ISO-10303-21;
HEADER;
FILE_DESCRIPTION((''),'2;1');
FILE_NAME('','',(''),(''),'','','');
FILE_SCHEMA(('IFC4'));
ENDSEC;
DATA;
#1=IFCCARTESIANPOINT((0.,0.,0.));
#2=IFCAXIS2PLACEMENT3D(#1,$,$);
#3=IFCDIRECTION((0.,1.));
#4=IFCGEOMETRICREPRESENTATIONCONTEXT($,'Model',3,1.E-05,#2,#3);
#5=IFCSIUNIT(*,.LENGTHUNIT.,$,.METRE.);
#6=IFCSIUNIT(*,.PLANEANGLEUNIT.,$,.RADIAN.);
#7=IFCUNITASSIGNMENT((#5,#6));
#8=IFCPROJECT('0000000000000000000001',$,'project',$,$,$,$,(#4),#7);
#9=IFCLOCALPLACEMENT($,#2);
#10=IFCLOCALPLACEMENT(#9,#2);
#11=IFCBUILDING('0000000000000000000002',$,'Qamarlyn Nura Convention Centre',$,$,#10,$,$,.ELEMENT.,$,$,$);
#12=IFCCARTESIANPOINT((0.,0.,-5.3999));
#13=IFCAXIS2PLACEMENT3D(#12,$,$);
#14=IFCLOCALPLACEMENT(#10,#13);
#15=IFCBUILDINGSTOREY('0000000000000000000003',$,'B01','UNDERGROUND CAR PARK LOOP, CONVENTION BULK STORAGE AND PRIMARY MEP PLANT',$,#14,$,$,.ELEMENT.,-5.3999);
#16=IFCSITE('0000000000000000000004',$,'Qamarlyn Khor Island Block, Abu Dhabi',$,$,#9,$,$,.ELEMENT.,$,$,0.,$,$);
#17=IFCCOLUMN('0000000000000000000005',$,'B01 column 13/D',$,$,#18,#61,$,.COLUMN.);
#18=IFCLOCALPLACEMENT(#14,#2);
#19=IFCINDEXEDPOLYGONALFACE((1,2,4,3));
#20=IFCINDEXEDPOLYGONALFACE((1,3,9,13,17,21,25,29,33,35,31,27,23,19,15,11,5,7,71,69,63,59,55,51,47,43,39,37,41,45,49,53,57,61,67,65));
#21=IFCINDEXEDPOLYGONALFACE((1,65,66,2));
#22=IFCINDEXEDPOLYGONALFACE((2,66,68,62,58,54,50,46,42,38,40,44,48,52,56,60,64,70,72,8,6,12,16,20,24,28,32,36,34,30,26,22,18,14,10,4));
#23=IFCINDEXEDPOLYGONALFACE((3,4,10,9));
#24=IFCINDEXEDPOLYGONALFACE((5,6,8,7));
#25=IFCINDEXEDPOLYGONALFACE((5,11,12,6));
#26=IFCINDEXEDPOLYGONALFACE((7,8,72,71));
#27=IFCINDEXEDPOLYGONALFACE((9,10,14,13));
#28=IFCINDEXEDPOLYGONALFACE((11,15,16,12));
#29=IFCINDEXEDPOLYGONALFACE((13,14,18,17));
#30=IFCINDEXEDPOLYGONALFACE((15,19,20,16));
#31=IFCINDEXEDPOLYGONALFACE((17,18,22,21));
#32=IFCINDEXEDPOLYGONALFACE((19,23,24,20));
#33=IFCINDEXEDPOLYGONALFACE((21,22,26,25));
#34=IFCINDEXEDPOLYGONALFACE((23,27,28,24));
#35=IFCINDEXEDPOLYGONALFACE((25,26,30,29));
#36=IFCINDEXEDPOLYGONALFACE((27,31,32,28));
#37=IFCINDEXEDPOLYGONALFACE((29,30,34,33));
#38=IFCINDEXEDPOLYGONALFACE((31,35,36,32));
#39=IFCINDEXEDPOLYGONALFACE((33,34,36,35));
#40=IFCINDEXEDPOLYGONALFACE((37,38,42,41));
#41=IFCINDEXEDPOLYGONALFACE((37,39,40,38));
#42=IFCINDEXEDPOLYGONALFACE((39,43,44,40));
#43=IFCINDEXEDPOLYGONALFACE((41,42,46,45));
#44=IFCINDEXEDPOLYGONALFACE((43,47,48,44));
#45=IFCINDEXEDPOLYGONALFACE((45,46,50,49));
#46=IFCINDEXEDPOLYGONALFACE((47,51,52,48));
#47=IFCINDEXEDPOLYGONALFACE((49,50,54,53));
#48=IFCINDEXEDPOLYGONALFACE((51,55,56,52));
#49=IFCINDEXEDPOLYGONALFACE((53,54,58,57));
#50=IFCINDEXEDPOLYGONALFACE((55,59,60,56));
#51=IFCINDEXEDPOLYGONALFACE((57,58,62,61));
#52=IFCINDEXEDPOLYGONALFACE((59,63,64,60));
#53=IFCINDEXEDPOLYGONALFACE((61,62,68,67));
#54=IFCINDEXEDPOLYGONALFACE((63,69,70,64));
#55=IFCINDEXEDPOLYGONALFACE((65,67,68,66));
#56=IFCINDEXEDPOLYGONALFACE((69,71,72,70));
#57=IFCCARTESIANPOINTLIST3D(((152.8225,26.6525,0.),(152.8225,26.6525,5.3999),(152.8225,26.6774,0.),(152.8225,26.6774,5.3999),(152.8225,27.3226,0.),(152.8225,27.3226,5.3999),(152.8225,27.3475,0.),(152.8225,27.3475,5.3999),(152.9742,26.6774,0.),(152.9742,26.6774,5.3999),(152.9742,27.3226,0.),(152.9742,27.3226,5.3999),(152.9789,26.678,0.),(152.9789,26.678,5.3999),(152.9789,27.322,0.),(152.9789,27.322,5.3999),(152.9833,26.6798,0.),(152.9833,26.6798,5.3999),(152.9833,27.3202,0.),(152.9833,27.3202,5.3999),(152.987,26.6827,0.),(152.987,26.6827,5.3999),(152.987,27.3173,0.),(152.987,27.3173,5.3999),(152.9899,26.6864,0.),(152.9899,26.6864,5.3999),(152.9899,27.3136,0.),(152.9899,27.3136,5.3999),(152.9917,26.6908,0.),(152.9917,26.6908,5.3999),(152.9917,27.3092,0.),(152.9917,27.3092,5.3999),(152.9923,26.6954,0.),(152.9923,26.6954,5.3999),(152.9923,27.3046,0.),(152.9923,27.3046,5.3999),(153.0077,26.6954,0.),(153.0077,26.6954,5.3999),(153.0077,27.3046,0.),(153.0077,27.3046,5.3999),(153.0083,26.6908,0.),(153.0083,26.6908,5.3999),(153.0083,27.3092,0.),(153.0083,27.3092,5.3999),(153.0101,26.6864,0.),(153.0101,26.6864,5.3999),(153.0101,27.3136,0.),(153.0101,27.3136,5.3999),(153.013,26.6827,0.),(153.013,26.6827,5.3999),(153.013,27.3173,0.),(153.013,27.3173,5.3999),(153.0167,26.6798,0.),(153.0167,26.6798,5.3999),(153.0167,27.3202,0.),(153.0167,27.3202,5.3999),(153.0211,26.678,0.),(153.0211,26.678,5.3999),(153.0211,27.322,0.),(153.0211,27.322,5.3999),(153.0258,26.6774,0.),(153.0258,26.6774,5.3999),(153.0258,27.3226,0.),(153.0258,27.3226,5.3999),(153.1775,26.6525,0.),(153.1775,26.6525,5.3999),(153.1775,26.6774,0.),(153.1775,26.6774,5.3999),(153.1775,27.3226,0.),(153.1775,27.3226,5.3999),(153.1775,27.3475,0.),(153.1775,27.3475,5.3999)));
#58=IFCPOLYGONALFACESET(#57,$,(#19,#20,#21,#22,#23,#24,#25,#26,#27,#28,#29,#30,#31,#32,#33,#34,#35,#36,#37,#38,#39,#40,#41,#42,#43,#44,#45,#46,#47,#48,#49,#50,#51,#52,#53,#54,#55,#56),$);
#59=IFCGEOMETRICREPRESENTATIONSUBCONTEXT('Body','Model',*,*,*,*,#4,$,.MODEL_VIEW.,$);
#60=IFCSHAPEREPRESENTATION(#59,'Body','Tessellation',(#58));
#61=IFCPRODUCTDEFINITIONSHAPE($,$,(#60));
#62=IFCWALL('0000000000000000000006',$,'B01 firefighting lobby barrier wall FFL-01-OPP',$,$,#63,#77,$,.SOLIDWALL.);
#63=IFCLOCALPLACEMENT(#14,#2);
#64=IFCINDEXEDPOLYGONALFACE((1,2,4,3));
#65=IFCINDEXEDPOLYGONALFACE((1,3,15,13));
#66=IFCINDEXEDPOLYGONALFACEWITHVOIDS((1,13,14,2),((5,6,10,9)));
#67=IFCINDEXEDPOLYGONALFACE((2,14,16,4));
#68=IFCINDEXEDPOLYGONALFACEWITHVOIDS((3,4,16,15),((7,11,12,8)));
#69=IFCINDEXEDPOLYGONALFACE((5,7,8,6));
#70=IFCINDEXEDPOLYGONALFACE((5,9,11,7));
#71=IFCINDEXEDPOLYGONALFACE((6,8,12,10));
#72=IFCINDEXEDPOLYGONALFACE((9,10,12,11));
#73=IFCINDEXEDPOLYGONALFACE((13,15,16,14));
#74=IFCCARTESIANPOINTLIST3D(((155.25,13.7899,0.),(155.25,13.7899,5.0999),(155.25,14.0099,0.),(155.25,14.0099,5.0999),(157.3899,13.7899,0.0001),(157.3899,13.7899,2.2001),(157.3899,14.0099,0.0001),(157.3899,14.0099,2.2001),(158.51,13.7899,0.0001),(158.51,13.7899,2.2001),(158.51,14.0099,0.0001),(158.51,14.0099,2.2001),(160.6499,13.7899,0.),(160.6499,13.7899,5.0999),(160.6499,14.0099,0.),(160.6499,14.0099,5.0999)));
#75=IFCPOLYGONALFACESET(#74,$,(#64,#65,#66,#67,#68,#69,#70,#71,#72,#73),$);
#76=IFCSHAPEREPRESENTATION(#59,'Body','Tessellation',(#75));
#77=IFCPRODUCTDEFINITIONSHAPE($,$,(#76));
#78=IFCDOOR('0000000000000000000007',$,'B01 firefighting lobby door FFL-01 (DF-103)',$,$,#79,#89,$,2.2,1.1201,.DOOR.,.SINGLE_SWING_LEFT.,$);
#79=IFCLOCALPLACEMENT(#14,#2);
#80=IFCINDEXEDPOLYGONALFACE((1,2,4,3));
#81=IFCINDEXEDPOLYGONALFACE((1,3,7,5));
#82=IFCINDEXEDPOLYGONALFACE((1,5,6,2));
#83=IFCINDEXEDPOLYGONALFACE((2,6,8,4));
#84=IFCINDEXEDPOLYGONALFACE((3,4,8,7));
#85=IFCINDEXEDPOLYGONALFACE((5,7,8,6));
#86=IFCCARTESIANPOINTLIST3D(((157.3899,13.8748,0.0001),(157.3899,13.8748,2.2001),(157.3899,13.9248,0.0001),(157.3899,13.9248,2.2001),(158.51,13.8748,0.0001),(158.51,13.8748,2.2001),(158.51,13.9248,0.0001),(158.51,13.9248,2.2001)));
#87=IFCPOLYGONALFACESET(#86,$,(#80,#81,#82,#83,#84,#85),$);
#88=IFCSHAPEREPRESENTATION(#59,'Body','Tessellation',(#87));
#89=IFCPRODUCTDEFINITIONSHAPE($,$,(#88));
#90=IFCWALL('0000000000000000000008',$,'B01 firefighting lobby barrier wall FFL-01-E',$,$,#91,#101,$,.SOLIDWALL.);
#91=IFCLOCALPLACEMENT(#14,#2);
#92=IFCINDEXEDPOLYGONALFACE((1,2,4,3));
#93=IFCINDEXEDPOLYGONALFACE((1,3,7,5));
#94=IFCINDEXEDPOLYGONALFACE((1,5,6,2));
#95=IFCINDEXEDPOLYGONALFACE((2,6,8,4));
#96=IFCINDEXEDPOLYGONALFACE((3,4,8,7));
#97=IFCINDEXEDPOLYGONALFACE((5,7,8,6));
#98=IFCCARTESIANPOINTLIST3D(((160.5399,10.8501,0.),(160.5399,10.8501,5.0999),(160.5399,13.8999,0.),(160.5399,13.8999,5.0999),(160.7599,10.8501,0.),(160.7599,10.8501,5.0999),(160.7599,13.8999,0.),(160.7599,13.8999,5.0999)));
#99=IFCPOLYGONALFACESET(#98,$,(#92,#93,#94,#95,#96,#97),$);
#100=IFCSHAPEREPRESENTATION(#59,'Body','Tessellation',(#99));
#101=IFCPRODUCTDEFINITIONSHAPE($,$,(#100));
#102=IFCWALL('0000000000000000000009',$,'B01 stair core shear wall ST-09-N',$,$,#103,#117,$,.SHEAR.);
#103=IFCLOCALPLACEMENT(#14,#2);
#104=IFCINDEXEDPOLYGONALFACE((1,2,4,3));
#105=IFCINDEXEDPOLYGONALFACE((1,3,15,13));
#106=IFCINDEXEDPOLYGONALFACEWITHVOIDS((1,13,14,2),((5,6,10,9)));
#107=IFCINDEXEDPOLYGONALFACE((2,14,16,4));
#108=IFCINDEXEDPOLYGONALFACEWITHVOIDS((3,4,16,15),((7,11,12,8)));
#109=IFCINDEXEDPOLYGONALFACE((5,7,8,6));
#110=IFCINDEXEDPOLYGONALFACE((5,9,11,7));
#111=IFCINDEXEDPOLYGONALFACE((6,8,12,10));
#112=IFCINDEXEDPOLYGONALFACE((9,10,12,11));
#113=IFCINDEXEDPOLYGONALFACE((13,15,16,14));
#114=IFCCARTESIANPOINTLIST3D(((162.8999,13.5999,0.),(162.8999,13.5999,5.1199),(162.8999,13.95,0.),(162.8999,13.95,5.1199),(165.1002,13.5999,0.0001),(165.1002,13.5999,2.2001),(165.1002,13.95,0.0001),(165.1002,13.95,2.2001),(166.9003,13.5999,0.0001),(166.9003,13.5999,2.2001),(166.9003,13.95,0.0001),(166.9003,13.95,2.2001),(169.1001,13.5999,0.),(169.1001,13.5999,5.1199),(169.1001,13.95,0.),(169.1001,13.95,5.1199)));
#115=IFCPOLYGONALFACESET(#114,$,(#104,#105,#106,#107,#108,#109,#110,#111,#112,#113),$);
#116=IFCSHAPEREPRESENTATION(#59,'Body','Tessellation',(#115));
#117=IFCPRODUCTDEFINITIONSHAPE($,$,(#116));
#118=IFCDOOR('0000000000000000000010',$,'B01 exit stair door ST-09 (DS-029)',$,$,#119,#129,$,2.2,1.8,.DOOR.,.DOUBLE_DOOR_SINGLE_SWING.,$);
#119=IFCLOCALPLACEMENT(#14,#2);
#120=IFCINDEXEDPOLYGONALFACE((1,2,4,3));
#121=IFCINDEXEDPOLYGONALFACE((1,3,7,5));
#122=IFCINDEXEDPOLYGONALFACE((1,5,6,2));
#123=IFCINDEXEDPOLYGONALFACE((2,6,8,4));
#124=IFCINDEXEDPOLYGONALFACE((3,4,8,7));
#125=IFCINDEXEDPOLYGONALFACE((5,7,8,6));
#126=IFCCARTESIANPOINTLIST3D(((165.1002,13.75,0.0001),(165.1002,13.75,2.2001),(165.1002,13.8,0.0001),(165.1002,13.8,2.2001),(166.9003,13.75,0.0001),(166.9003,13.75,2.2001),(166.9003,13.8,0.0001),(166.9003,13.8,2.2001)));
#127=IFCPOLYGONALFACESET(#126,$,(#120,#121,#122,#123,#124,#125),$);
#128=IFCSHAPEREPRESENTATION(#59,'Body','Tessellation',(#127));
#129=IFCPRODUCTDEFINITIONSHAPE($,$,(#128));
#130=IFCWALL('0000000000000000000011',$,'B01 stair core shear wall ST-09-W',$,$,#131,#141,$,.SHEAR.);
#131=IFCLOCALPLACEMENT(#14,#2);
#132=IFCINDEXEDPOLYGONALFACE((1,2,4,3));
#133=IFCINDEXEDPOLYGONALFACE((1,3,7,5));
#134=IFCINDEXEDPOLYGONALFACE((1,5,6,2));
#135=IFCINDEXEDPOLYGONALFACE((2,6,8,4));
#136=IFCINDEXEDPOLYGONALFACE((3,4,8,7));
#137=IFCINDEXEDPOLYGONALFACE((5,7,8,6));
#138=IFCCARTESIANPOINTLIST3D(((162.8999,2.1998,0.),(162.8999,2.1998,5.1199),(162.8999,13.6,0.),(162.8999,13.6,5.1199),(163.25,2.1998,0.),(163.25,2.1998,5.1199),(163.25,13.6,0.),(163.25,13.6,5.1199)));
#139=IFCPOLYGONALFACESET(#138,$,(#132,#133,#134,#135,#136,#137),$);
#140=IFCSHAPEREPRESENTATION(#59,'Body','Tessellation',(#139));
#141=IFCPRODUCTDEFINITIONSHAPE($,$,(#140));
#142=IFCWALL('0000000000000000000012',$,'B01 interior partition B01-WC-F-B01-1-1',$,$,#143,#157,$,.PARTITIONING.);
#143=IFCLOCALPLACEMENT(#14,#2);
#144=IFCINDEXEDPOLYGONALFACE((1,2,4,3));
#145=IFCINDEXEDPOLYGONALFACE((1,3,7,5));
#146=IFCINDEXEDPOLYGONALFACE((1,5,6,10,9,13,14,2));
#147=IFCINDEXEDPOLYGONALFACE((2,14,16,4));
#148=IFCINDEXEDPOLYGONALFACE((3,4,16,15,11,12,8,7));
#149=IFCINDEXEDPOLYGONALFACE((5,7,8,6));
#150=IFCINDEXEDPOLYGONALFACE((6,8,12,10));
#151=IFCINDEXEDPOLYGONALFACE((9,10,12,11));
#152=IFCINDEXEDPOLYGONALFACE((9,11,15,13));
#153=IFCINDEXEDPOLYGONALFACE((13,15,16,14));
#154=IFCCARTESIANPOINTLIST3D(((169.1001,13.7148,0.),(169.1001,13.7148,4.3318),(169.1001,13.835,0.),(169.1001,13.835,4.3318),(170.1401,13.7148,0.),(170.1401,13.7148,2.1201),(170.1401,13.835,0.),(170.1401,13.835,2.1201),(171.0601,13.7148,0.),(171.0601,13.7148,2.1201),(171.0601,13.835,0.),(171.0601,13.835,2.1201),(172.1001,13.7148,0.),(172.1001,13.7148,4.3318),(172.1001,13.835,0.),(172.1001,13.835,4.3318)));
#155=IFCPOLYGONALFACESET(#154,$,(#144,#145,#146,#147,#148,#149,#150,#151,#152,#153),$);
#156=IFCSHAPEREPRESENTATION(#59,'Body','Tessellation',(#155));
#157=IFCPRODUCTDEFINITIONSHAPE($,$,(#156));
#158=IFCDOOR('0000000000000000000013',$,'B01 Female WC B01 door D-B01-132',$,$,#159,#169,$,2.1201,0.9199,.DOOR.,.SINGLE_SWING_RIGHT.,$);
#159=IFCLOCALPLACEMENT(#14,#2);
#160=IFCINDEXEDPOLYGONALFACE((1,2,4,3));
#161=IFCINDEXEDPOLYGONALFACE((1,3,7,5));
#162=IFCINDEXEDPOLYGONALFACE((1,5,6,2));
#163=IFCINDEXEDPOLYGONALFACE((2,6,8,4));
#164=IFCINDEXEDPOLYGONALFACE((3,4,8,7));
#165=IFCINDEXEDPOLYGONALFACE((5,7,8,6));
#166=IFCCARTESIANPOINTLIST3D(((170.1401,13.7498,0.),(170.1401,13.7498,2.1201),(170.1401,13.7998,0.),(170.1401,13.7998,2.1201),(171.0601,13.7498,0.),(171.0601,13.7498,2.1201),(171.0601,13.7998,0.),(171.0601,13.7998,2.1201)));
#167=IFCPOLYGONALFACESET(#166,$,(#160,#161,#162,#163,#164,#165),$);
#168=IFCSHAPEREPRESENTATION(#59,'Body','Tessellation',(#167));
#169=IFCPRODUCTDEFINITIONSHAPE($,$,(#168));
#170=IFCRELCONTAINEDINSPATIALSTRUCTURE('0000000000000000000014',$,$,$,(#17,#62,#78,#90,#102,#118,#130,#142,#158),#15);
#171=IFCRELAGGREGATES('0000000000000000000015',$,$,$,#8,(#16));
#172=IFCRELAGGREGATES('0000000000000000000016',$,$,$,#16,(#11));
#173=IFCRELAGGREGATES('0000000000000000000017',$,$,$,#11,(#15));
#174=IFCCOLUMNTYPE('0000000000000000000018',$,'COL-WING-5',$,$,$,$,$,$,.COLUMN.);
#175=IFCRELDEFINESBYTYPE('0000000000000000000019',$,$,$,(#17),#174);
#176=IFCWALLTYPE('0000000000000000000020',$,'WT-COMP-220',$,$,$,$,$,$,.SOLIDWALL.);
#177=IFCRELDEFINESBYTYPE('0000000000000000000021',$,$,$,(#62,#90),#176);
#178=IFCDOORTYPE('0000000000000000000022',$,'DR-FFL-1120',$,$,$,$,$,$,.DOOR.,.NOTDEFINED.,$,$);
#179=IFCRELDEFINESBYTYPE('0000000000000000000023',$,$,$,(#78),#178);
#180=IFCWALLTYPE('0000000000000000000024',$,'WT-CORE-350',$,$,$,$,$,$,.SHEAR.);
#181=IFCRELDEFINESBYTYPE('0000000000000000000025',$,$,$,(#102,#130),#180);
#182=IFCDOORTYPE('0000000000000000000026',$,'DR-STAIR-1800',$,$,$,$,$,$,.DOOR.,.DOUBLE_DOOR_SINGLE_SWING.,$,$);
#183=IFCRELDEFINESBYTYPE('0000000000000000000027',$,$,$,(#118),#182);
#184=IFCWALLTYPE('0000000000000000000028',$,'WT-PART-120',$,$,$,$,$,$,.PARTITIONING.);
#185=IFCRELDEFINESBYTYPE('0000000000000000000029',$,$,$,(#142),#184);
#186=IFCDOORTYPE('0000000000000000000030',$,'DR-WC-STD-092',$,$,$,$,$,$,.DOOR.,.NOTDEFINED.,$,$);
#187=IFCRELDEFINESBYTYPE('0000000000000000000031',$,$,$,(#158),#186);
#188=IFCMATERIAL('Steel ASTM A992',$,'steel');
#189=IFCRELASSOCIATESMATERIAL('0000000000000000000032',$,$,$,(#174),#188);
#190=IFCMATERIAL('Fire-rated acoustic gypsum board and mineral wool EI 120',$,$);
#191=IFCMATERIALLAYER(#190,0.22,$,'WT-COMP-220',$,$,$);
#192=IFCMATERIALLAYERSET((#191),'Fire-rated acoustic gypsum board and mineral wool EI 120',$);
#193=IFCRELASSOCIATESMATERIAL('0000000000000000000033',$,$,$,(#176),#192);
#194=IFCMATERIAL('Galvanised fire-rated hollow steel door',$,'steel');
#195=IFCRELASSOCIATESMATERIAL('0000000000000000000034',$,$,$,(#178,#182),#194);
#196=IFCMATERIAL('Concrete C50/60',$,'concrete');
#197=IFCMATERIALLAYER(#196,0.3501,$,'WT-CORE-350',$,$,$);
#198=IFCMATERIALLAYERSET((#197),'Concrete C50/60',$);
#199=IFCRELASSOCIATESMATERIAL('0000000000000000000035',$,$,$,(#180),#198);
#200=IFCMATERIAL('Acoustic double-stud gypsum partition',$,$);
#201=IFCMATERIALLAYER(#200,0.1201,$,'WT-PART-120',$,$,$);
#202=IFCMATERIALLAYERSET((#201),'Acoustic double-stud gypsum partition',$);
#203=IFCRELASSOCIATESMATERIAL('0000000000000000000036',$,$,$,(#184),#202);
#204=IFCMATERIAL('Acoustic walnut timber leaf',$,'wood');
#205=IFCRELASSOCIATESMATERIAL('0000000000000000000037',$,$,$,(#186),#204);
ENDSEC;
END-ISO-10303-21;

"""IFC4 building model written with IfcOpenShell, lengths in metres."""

from ifc_helpers import new_model, si_unit, direction, frame, frame_2d, origin, origin_2d, place, context, subcontext, project, spatial, rectangle, i_section, extrude, material, layer, layer_set, material_profile, profile_set, type_object, element, fill, save


model = new_model("IFC4")

# Units and contexts
model_context = context("Model", 3, precision=1e-05, world=origin(), true_north=direction((0.0, 1.0)))
body_context = subcontext(model_context, "Body", "Model", "MODEL_VIEW")
ifc_project = project(units=[si_unit("LENGTHUNIT", "METRE"), si_unit("PLANEANGLEUNIT", "RADIAN")], contexts=[model_context])

# Site, building, storey
site_placement = place(None, origin())
site = spatial("IfcSite", under=ifc_project, at=site_placement, Name="Qamarlyn Khor Island Block, Abu Dhabi", CompositionType="ELEMENT", RefElevation=0.0)
building_placement = place(site_placement, origin())
building = spatial("IfcBuilding", under=site, at=building_placement, Name="Qamarlyn Nura Convention Centre", CompositionType="ELEMENT")
storey_placement = place(building_placement, frame((0.0, 0.0, -5.3999)))
storey = spatial("IfcBuildingStorey", under=building, at=storey_placement, Name="B01", Description="UNDERGROUND CAR PARK LOOP, CONVENTION BULK STORAGE AND PRIMARY MEP PLANT", CompositionType="ELEMENT", Elevation=-5.3999)

# Column
ifc_material_1 = material(Name="Steel ASTM A992", Category="steel")
ifc_material_profile_1 = material_profile(ifc_material_1, i_section(OverallWidth=0.355, OverallDepth=0.6951, WebThickness=0.0154, FlangeThickness=0.0249, FilletRadius=0.0181, at=origin_2d()), Name="W690X217")
ifc_profile_set_1 = profile_set([ifc_material_profile_1], Name="Steel ASTM A992")
column_type_1 = type_object("IfcColumnType", Name="COL-WING-5", PredefinedType="COLUMN", material=ifc_profile_set_1)
column_1_placement = place(storey_placement, frame((153.0, 27.0, 0.0), z_axis=(0.0, 0.0, 1.0), x_axis=(1.0, 0.0, 0.0)))
element("IfcColumn", 1, at=column_1_placement, inside=storey, type_object=column_type_1, Name="B01 column 13/D", PredefinedType="COLUMN", context=body_context, shape_type="SweptSolid", body=[
    extrude(i_section(OverallWidth=0.355, OverallDepth=0.6951, WebThickness=0.0154, FlangeThickness=0.0249, FilletRadius=0.0181, at=origin_2d()), origin(), (0.0, 0.0, 1.0), 5.3999),
])

# Wall, opening, door
ifc_material_2 = material(Name="Fire-rated acoustic gypsum board and mineral wool EI 120")
ifc_layer_1 = layer(ifc_material_2, 0.22, Name="WT-COMP-220")
ifc_layer_set_1 = layer_set([ifc_layer_1], Name="Fire-rated acoustic gypsum board and mineral wool EI 120")
wall_type_1 = type_object("IfcWallType", Name="WT-COMP-220", PredefinedType="SOLIDWALL", material=ifc_layer_set_1)
wall_1_placement = place(storey_placement, frame((155.25, 13.8999, 0.0), z_axis=(0.0, 0.0, 1.0), x_axis=(1.0, 0.0, 0.0)))
wall_1 = element("IfcWall", 2, at=wall_1_placement, inside=storey, type_object=wall_type_1, Name="B01 firefighting lobby barrier wall FFL-01-OPP", PredefinedType="SOLIDWALL", context=body_context, shape_type="SweptSolid", body=[
    extrude(rectangle(XDim=5.3999, YDim=0.22, at=frame_2d((2.7, 0.0))), origin(), (0.0, 0.0, 1.0), 5.0999),
])
opening_1_placement = place(wall_1_placement, frame((2.1399, 0.0, 0.0)))
opening_1 = element("IfcOpeningElement", 3, at=opening_1_placement, cuts=wall_1, PredefinedType="OPENING", context=body_context, shape_type="SweptSolid", body=[
    extrude(rectangle(XDim=1.1201, YDim=2.2, at=frame_2d((0.5601, 1.1001))), frame((0.0, 0.1201, 0.0), z_axis=(0.0, -1.0, 0.0), x_axis=(1.0, 0.0, 0.0)), (0.0, 0.0, 1.0), 0.24),
])
ifc_material_3 = material(Name="Galvanised fire-rated hollow steel door", Category="steel")
door_type_1 = type_object("IfcDoorType", Name="DR-FFL-1120", OperationType="NOTDEFINED", PredefinedType="DOOR", material=ifc_material_3)
door_1_placement = place(opening_1_placement, origin())
door_1 = element("IfcDoor", 4, at=door_1_placement, inside=storey, type_object=door_type_1, Name="B01 firefighting lobby door FFL-01 (DF-103)", OperationType="SINGLE_SWING_LEFT", OverallHeight=2.2, OverallWidth=1.1201, PredefinedType="DOOR", context=body_context, shape_type="SweptSolid", body=[
    extrude(rectangle(XDim=1.1201, YDim=2.2, at=frame_2d((0.5601, 1.1001))), frame((0.0, 0.0249, 0.0), z_axis=(0.0, -1.0, 0.0), x_axis=(1.0, 0.0, 0.0)), (0.0, 0.0, 1.0), 0.05),
])
fill(opening_1, door_1)

# Wall
wall_2_placement = place(storey_placement, frame((160.6499, 10.8501, 0.0), z_axis=(0.0, 0.0, 1.0), x_axis=(0.0, 1.0, 0.0)))
element("IfcWall", 5, at=wall_2_placement, inside=storey, type_object=wall_type_1, Name="B01 firefighting lobby barrier wall FFL-01-E", PredefinedType="SOLIDWALL", context=body_context, shape_type="SweptSolid", body=[
    extrude(rectangle(XDim=3.0498, YDim=0.22, at=frame_2d((1.5249, 0.0))), origin(), (0.0, 0.0, 1.0), 5.0999),
])

# Wall, opening, door
ifc_material_4 = material(Name="Concrete C50/60", Category="concrete")
ifc_layer_2 = layer(ifc_material_4, 0.3501, Name="WT-CORE-350")
ifc_layer_set_2 = layer_set([ifc_layer_2], Name="Concrete C50/60")
wall_type_2 = type_object("IfcWallType", Name="WT-CORE-350", PredefinedType="SHEAR", material=ifc_layer_set_2)
wall_3_placement = place(storey_placement, frame((169.1001, 13.7749, 0.0), z_axis=(0.0, 0.0, 1.0), x_axis=(-1.0, 0.0, 0.0)))
wall_3 = element("IfcWall", 6, at=wall_3_placement, inside=storey, type_object=wall_type_2, Name="B01 stair core shear wall ST-09-N", PredefinedType="SHEAR", context=body_context, shape_type="SweptSolid", body=[
    extrude(rectangle(XDim=6.2002, YDim=0.3501, at=frame_2d((3.1001, 0.0))), origin(), (0.0, 0.0, 1.0), 5.1199),
])
opening_2_placement = place(wall_3_placement, frame((2.2, 0.0, 0.0)))
opening_2 = element("IfcOpeningElement", 7, at=opening_2_placement, cuts=wall_3, PredefinedType="OPENING", context=body_context, shape_type="SweptSolid", body=[
    extrude(rectangle(XDim=1.8, YDim=2.2, at=frame_2d((0.8999, 1.1001))), frame((0.0, 0.1851, 0.0), z_axis=(0.0, -1.0, 0.0), x_axis=(1.0, 0.0, 0.0)), (0.0, 0.0, 1.0), 0.3701),
])
door_type_2 = type_object("IfcDoorType", Name="DR-STAIR-1800", OperationType="DOUBLE_DOOR_SINGLE_SWING", PredefinedType="DOOR", material=ifc_material_3)
door_2_placement = place(opening_2_placement, origin())
door_2 = element("IfcDoor", 8, at=door_2_placement, inside=storey, type_object=door_type_2, Name="B01 exit stair door ST-09 (DS-029)", OperationType="DOUBLE_DOOR_SINGLE_SWING", OverallHeight=2.2, OverallWidth=1.8, PredefinedType="DOOR", context=body_context, shape_type="SweptSolid", body=[
    extrude(rectangle(XDim=1.8, YDim=2.2, at=frame_2d((0.8999, 1.1001))), frame((0.0, 0.0249, 0.0), z_axis=(0.0, -1.0, 0.0), x_axis=(1.0, 0.0, 0.0)), (0.0, 0.0, 1.0), 0.05),
])
fill(opening_2, door_2)

# Wall
wall_4_placement = place(storey_placement, frame((163.075, 13.6001, 0.0), z_axis=(0.0, 0.0, 1.0), x_axis=(0.0, -1.0, 0.0)))
element("IfcWall", 9, at=wall_4_placement, inside=storey, type_object=wall_type_2, Name="B01 stair core shear wall ST-09-W", PredefinedType="SHEAR", context=body_context, shape_type="SweptSolid", body=[
    extrude(rectangle(XDim=11.4001, YDim=0.3501, at=frame_2d((5.7002, 0.0))), origin(), (0.0, 0.0, 1.0), 5.1199),
])

# Wall, opening, door
ifc_material_5 = material(Name="Acoustic double-stud gypsum partition")
ifc_layer_3 = layer(ifc_material_5, 0.1201, Name="WT-PART-120")
ifc_layer_set_3 = layer_set([ifc_layer_3], Name="Acoustic double-stud gypsum partition")
wall_type_3 = type_object("IfcWallType", Name="WT-PART-120", PredefinedType="PARTITIONING", material=ifc_layer_set_3)
ifc_material_6 = material(Name="Acoustic walnut timber leaf", Category="wood")
door_type_3 = type_object("IfcDoorType", Name="DR-WC-STD-092", OperationType="NOTDEFINED", PredefinedType="DOOR", material=ifc_material_6)
wall_5_placement = place(storey_placement, frame((169.1001, 13.7749, 0.0), z_axis=(0.0, 0.0, 1.0), x_axis=(1.0, 0.0, 0.0)))
wall_5 = element("IfcWall", 10, at=wall_5_placement, inside=storey, type_object=wall_type_3, Name="B01 interior partition B01-WC-F-B01-1-1", PredefinedType="PARTITIONING", context=body_context, shape_type="SweptSolid", body=[
    extrude(rectangle(XDim=3.0, YDim=0.1201, at=frame_2d((1.5, 0.0))), origin(), (0.0, 0.0, 1.0), 4.3318),
])
opening_3_placement = place(wall_5_placement, frame((1.04, 0.0, 0.0)))
opening_3 = element("IfcOpeningElement", 11, at=opening_3_placement, cuts=wall_5, PredefinedType="OPENING", context=body_context, shape_type="SweptSolid", body=[
    extrude(rectangle(XDim=0.9199, YDim=2.1201, at=frame_2d((0.46, 1.0601))), frame((0.0, 0.0701, 0.0), z_axis=(0.0, -1.0, 0.0), x_axis=(1.0, 0.0, 0.0)), (0.0, 0.0, 1.0), 0.1401),
])
door_3_placement = place(opening_3_placement, origin())
door_3 = element("IfcDoor", 12, at=door_3_placement, inside=storey, type_object=door_type_3, Name="B01 Female WC B01 door D-B01-132", OperationType="SINGLE_SWING_RIGHT", OverallHeight=2.1201, OverallWidth=0.9199, PredefinedType="DOOR", context=body_context, shape_type="SweptSolid", body=[
    extrude(rectangle(XDim=0.9199, YDim=2.1201, at=frame_2d((0.46, 1.0601))), frame((0.0, 0.0249, 0.0), z_axis=(0.0, -1.0, 0.0), x_axis=(1.0, 0.0, 0.0)), (0.0, 0.0, 1.0), 0.05),
])
fill(opening_3, door_3)

save(model, "model.ifc")
